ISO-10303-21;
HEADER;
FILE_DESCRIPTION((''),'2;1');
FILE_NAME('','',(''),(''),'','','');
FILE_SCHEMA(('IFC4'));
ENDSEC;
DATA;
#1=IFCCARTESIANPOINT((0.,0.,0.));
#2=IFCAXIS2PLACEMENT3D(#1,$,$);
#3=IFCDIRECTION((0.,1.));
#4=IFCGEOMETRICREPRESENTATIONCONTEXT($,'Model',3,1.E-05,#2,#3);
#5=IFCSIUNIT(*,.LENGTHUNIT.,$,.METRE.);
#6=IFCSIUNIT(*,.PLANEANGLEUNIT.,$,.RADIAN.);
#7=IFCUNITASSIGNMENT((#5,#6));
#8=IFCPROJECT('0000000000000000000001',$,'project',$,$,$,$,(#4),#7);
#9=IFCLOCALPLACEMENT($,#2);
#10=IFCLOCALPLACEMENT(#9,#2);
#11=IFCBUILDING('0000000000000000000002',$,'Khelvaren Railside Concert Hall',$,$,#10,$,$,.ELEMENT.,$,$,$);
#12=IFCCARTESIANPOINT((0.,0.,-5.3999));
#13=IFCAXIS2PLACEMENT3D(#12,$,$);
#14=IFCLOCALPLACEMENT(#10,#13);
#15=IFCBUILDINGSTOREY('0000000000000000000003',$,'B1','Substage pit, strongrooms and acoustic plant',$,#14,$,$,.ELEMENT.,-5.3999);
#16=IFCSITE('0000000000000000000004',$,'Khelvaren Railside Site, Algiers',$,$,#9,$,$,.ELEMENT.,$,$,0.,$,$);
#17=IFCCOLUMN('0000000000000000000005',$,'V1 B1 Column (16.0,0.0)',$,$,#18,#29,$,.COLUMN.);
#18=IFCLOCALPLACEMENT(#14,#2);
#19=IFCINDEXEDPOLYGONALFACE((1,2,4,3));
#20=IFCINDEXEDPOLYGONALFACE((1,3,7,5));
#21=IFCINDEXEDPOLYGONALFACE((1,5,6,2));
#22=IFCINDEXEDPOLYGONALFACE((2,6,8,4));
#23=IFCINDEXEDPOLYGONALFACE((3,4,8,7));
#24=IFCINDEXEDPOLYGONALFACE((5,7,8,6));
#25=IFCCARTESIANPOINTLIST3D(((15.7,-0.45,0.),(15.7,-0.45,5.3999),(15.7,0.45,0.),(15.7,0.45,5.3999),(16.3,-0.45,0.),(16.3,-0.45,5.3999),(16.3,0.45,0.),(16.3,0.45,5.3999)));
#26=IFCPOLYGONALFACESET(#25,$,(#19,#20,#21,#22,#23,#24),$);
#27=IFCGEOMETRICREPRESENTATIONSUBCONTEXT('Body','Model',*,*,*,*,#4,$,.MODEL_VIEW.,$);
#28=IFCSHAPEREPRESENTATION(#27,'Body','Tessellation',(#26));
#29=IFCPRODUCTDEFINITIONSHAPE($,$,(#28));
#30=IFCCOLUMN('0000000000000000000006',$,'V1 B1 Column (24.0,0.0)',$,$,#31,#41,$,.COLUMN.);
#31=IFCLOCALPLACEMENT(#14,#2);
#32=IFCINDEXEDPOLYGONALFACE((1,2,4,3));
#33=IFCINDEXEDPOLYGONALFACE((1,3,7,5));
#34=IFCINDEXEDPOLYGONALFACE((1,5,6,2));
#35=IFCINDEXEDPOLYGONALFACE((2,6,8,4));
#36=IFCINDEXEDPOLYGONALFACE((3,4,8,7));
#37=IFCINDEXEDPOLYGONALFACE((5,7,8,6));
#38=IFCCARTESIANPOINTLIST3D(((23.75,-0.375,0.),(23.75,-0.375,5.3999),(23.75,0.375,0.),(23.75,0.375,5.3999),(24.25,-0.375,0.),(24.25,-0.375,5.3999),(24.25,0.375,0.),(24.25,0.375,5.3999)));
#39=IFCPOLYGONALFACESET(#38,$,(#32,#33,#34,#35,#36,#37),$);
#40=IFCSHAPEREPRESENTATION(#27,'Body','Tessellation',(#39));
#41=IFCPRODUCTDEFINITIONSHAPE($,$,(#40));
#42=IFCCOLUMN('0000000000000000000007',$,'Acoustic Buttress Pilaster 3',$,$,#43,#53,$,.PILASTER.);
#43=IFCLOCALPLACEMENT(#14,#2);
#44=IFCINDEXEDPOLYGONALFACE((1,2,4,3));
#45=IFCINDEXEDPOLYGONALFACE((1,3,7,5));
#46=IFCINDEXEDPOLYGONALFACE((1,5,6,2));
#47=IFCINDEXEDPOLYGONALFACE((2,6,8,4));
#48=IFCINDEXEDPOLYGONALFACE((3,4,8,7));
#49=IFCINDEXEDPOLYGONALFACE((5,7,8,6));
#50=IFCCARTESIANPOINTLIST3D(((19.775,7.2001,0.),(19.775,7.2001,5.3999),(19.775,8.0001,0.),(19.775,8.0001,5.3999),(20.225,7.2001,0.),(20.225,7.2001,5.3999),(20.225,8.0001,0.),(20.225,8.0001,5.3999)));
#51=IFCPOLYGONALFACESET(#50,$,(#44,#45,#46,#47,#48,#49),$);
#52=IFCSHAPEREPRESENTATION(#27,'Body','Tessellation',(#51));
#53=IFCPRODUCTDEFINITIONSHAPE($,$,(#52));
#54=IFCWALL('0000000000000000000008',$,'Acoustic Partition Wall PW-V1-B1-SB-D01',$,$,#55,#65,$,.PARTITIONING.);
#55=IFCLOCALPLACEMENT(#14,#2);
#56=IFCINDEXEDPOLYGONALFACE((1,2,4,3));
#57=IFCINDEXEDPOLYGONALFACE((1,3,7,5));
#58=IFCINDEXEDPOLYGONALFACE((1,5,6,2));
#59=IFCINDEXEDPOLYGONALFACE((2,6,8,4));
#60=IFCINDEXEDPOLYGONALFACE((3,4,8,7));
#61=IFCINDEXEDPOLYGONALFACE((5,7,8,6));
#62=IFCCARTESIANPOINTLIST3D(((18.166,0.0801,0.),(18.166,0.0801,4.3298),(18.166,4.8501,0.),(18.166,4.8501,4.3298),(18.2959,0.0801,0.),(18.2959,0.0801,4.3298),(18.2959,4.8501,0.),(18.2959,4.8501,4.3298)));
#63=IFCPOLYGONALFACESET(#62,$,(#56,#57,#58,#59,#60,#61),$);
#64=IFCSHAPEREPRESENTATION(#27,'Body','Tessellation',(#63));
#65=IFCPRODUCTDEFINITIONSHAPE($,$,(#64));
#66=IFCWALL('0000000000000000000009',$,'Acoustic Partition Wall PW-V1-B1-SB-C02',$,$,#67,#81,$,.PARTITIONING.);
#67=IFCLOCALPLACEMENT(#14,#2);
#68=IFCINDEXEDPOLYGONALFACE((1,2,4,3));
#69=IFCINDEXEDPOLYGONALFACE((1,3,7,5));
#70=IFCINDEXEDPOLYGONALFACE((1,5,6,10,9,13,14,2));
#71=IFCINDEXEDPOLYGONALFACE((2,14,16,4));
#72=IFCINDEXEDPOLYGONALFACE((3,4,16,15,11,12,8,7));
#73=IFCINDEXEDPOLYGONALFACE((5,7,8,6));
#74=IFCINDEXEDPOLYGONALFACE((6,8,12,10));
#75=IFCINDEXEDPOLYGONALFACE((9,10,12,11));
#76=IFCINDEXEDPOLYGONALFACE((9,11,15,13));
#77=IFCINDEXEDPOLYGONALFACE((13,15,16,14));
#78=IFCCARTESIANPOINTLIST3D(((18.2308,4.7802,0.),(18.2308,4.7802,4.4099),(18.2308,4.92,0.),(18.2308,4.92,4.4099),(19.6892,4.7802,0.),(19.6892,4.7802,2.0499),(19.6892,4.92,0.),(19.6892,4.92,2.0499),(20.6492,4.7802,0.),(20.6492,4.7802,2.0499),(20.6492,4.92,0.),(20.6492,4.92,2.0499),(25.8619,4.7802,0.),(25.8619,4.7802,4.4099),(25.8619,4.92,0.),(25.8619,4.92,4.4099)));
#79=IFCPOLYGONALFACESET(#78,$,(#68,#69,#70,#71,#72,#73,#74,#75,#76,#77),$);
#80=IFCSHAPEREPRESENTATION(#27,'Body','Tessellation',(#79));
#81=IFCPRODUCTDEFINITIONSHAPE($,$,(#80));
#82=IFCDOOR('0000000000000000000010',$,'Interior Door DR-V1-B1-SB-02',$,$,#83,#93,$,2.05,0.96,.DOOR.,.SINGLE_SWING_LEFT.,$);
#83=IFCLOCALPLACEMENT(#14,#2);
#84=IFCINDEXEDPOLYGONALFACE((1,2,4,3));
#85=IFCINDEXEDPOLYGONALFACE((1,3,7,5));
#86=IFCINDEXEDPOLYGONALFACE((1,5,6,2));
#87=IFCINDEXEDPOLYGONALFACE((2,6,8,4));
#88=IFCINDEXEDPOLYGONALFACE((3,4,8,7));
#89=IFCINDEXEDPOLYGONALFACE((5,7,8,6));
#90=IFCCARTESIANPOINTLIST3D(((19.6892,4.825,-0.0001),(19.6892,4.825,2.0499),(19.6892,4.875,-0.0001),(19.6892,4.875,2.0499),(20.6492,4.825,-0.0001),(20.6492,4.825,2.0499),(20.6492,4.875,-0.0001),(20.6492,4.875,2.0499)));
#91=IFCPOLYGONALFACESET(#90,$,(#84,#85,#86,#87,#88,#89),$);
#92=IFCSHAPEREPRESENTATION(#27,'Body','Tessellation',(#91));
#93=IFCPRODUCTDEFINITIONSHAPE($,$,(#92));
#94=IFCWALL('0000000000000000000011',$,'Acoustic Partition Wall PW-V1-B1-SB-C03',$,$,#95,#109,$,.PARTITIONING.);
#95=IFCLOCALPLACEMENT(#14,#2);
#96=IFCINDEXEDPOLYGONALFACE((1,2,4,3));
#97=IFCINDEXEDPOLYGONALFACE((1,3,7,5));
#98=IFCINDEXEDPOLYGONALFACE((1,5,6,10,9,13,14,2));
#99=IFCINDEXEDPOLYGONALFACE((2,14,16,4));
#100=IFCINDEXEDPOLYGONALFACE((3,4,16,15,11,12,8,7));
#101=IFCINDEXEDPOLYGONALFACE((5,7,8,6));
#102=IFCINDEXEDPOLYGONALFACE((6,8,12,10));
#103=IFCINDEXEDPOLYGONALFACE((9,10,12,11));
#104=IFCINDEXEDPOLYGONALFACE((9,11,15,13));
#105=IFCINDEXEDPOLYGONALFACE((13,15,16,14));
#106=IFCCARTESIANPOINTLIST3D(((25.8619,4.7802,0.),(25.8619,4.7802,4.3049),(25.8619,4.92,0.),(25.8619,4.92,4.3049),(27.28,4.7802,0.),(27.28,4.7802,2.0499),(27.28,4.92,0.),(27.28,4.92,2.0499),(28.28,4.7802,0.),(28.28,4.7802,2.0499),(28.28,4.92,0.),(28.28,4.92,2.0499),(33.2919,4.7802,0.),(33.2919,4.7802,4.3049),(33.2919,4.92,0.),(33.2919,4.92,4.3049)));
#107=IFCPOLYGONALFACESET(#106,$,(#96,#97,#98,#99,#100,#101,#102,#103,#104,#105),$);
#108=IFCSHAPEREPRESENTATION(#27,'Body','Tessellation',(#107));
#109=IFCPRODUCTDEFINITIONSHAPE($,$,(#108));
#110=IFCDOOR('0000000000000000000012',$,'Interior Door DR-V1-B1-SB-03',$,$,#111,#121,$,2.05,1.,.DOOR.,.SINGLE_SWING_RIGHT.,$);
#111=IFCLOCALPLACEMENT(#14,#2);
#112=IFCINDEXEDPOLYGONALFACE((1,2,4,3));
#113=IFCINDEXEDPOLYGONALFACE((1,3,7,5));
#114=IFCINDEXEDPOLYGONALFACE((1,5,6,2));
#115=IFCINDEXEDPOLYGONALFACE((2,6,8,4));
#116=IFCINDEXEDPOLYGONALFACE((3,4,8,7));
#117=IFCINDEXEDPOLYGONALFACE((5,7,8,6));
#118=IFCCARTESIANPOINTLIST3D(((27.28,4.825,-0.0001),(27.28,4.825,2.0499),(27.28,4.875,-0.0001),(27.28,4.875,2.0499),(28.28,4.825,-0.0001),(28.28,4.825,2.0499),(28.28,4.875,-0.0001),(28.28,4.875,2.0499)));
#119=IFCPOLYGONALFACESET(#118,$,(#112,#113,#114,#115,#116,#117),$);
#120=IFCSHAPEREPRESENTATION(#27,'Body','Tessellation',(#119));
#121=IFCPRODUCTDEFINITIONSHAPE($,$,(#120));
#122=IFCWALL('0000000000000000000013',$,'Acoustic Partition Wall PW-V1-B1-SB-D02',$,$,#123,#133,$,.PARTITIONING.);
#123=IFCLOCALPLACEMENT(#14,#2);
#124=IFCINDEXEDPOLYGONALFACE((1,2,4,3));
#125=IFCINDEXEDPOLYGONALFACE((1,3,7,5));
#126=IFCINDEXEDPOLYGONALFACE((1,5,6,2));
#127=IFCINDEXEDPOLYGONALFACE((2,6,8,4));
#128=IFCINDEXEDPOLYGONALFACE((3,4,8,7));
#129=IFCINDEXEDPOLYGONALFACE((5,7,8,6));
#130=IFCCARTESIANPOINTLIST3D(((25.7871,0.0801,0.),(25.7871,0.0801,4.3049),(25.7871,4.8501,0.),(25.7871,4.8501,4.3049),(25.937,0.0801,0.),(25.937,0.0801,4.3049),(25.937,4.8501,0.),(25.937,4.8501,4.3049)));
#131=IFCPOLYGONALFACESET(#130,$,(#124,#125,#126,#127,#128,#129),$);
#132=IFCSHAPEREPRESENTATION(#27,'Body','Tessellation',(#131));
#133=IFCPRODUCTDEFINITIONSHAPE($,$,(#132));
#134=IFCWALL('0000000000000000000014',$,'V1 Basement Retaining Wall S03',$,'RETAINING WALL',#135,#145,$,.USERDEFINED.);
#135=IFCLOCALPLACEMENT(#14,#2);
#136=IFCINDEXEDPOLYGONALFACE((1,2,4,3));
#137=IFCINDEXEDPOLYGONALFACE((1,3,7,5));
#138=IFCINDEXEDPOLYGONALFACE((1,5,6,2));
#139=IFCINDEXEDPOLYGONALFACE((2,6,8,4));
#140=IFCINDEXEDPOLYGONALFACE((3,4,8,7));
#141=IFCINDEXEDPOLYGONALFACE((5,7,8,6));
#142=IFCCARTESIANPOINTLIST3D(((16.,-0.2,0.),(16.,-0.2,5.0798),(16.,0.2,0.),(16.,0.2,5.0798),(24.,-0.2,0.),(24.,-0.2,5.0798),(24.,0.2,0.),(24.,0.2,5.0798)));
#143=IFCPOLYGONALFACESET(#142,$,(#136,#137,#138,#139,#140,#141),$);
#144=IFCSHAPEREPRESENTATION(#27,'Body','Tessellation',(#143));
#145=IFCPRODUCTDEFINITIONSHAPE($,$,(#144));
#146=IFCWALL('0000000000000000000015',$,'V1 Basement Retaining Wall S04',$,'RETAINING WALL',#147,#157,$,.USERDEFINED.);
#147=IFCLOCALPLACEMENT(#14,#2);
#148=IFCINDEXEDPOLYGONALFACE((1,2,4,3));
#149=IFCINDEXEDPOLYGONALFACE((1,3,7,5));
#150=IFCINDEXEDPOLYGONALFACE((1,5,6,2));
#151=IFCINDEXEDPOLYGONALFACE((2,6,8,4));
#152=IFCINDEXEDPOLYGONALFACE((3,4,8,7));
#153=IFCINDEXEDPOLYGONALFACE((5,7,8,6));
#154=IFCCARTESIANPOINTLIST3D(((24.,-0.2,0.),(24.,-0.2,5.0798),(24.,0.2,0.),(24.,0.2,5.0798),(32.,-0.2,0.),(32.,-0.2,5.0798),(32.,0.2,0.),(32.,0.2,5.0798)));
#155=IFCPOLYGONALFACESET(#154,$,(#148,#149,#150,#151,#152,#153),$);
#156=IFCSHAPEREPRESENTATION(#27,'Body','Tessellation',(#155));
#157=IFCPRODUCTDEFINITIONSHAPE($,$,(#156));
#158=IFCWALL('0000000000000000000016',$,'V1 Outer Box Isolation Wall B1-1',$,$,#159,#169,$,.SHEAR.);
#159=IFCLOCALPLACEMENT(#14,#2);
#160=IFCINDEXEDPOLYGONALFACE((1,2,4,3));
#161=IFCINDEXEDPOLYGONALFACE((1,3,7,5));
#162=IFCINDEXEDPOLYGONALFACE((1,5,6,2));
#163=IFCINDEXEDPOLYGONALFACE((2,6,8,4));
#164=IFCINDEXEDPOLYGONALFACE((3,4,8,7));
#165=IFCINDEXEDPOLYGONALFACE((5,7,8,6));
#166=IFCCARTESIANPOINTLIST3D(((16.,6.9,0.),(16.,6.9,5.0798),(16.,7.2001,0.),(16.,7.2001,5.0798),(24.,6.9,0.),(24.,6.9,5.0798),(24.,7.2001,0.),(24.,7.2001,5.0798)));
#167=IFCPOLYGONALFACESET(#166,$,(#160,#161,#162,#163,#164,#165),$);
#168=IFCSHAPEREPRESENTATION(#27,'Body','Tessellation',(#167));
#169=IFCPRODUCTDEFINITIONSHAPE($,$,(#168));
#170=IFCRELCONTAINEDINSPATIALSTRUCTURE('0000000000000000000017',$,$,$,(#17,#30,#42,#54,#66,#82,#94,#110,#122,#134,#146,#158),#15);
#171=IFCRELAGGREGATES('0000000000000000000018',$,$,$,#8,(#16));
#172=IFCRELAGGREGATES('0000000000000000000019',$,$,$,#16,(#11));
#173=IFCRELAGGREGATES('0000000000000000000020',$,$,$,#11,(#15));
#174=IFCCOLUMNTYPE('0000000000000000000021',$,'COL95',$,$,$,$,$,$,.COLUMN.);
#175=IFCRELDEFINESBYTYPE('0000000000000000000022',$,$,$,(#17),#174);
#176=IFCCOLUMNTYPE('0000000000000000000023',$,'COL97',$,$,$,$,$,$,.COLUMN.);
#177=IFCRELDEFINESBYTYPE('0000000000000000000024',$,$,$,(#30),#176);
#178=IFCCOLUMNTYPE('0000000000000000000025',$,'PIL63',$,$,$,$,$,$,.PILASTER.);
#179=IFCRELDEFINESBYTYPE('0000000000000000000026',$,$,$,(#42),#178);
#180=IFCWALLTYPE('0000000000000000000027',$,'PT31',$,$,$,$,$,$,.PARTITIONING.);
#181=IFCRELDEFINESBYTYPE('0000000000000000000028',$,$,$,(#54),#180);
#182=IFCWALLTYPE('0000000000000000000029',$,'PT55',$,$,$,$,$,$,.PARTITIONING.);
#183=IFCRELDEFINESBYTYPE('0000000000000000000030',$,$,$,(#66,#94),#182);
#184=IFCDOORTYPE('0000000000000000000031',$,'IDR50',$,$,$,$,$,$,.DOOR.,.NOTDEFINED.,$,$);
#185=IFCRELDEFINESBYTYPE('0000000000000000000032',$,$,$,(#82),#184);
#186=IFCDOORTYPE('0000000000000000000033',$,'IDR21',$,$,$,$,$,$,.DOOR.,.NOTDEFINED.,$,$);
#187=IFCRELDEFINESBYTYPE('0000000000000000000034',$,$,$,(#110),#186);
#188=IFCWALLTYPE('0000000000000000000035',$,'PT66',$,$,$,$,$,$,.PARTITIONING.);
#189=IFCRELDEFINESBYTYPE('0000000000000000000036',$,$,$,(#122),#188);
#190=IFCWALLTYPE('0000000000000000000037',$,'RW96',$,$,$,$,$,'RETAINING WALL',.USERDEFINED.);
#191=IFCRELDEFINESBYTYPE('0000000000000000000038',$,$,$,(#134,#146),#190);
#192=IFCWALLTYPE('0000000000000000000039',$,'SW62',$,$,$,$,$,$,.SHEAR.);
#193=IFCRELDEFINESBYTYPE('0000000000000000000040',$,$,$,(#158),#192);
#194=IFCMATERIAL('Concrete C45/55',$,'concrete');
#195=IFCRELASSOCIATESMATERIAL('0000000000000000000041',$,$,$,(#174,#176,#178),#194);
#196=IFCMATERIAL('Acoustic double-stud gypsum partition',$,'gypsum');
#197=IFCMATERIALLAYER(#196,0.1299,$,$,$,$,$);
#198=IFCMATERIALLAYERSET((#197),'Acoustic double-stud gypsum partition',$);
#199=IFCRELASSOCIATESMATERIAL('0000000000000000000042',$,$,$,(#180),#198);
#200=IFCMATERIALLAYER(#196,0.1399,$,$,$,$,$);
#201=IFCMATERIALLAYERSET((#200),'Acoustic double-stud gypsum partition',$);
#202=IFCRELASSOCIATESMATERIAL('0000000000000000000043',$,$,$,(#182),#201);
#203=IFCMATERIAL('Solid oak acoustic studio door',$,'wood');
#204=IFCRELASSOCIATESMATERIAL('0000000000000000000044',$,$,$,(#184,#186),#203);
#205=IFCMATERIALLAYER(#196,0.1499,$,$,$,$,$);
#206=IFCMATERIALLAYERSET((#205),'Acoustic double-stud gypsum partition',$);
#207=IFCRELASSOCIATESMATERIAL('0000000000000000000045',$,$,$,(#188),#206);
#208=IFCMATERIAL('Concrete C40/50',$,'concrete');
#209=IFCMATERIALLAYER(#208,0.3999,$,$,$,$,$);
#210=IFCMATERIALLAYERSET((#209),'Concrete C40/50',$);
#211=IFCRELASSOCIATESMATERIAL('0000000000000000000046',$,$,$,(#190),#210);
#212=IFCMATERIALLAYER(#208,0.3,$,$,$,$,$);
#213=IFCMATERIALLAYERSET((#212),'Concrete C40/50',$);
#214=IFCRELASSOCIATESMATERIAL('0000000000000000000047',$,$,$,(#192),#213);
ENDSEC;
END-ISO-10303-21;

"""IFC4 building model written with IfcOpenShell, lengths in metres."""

from ifc_helpers import new_model, si_unit, direction, frame, frame_2d, origin, origin_2d, place, context, subcontext, project, spatial, rectangle, extrude, material, layer, layer_set, material_profile, profile_set, type_object, element, fill, save


model = new_model("IFC4")

# Units and contexts
model_context = context("Model", 3, precision=1e-05, world=origin(), true_north=direction((0.0, 1.0)))
body_context = subcontext(model_context, "Body", "Model", "MODEL_VIEW")
ifc_project = project(units=[si_unit("LENGTHUNIT", "METRE"), si_unit("PLANEANGLEUNIT", "RADIAN")], contexts=[model_context])

# Site, building, storey
site_placement = place(None, origin())
site = spatial("IfcSite", under=ifc_project, at=site_placement, Name="Khelvaren Railside Site, Algiers", CompositionType="ELEMENT", RefElevation=0.0)
building_placement = place(site_placement, origin())
building = spatial("IfcBuilding", under=site, at=building_placement, Name="Khelvaren Railside Concert Hall", CompositionType="ELEMENT")
storey_placement = place(building_placement, frame((0.0, 0.0, -5.3999)))
storey = spatial("IfcBuildingStorey", under=building, at=storey_placement, Name="B1", Description="Substage pit, strongrooms and acoustic plant", CompositionType="ELEMENT", Elevation=-5.3999)

# Columns
ifc_material_1 = material(Name="Concrete C45/55", Category="concrete")
ifc_material_profile_1 = material_profile(ifc_material_1, rectangle(XDim=0.6001, YDim=0.8999, at=origin_2d()), Name="RC 600x900")
ifc_profile_set_1 = profile_set([ifc_material_profile_1], Name="Concrete C45/55")
column_type_1 = type_object("IfcColumnType", Name="COL95", PredefinedType="COLUMN", material=ifc_profile_set_1)
column_1_placement = place(storey_placement, frame((16.0, 0.0, 0.0), z_axis=(0.0, 0.0, 1.0), x_axis=(1.0, 0.0, 0.0)))
element("IfcColumn", 1, at=column_1_placement, inside=storey, type_object=column_type_1, Name="V1 B1 Column (16.0,0.0)", PredefinedType="COLUMN", context=body_context, shape_type="SweptSolid", body=[
    extrude(rectangle(XDim=0.6001, YDim=0.8999, at=origin_2d()), origin(), (0.0, 0.0, 1.0), 5.3999),
])
ifc_material_profile_2 = material_profile(ifc_material_1, rectangle(XDim=0.5, YDim=0.75, at=origin_2d()), Name="RC 500x750")
ifc_profile_set_2 = profile_set([ifc_material_profile_2], Name="Concrete C45/55")
column_type_2 = type_object("IfcColumnType", Name="COL97", PredefinedType="COLUMN", material=ifc_profile_set_2)
column_2_placement = place(storey_placement, frame((24.0, 0.0, 0.0), z_axis=(0.0, 0.0, 1.0), x_axis=(1.0, 0.0, 0.0)))
element("IfcColumn", 2, at=column_2_placement, inside=storey, type_object=column_type_2, Name="V1 B1 Column (24.0,0.0)", PredefinedType="COLUMN", context=body_context, shape_type="SweptSolid", body=[
    extrude(rectangle(XDim=0.5, YDim=0.75, at=origin_2d()), origin(), (0.0, 0.0, 1.0), 5.3999),
])
ifc_material_profile_3 = material_profile(ifc_material_1, rectangle(XDim=0.45, YDim=0.8, at=origin_2d()), Name="PIL 450x800")
ifc_profile_set_3 = profile_set([ifc_material_profile_3], Name="Concrete C45/55")
column_type_3 = type_object("IfcColumnType", Name="PIL63", PredefinedType="PILASTER", material=ifc_profile_set_3)
column_3_placement = place(storey_placement, frame((20.0, 7.6001, 0.0), z_axis=(0.0, 0.0, 1.0), x_axis=(1.0, 0.0, 0.0)))
element("IfcColumn", 3, at=column_3_placement, inside=storey, type_object=column_type_3, Name="Acoustic Buttress Pilaster 3", PredefinedType="PILASTER", context=body_context, shape_type="SweptSolid", body=[
    extrude(rectangle(XDim=0.45, YDim=0.8, at=origin_2d()), origin(), (0.0, 0.0, 1.0), 5.3999),
])

# Wall
ifc_material_2 = material(Name="Acoustic double-stud gypsum partition", Category="gypsum")
ifc_layer_1 = layer(ifc_material_2, 0.1299)
ifc_layer_set_1 = layer_set([ifc_layer_1], Name="Acoustic double-stud gypsum partition")
wall_type_1 = type_object("IfcWallType", Name="PT31", PredefinedType="PARTITIONING", material=ifc_layer_set_1)
wall_1_placement = place(storey_placement, frame((18.231, 0.0801, 0.0), z_axis=(0.0, 0.0, 1.0), x_axis=(0.0, 1.0, 0.0)))
element("IfcWall", 4, at=wall_1_placement, inside=storey, type_object=wall_type_1, Name="Acoustic Partition Wall PW-V1-B1-SB-D01", PredefinedType="PARTITIONING", context=body_context, shape_type="SweptSolid", body=[
    extrude(rectangle(XDim=4.77, YDim=0.1299, at=frame_2d((2.385, 0.0))), origin(), (0.0, 0.0, 1.0), 4.3298),
])

# Walls, openings, doors
ifc_layer_2 = layer(ifc_material_2, 0.1399)
ifc_layer_set_2 = layer_set([ifc_layer_2], Name="Acoustic double-stud gypsum partition")
wall_type_2 = type_object("IfcWallType", Name="PT55", PredefinedType="PARTITIONING", material=ifc_layer_set_2)
wall_2_placement = place(storey_placement, frame((18.231, 4.8501, 0.0), z_axis=(0.0, 0.0, 1.0), x_axis=(1.0, 0.0, 0.0)))
wall_2 = element("IfcWall", 5, at=wall_2_placement, inside=storey, type_object=wall_type_2, Name="Acoustic Partition Wall PW-V1-B1-SB-C02", PredefinedType="PARTITIONING", context=body_context, shape_type="SweptSolid", body=[
    extrude(rectangle(XDim=7.6311, YDim=0.1399, at=frame_2d((3.8154, 0.0))), origin(), (0.0, 0.0, 1.0), 4.4099),
])
opening_1_placement = place(wall_2_placement, frame((1.4583, 0.0, 0.0)))
opening_1 = element("IfcOpeningElement", 6, at=opening_1_placement, cuts=wall_2, PredefinedType="OPENING", context=body_context, shape_type="SweptSolid", body=[
    extrude(rectangle(XDim=0.96, YDim=2.05, at=frame_2d((0.48, 1.0249))), frame((0.0, 0.0798, 0.0), z_axis=(0.0, -1.0, 0.0), x_axis=(1.0, 0.0, 0.0)), (0.0, 0.0, 1.0), 0.1599),
])
ifc_material_3 = material(Name="Solid oak acoustic studio door", Category="wood")
door_type_1 = type_object("IfcDoorType", Name="IDR50", OperationType="NOTDEFINED", PredefinedType="DOOR", material=ifc_material_3)
door_1_placement = place(opening_1_placement, origin())
door_1 = element("IfcDoor", 7, at=door_1_placement, inside=storey, type_object=door_type_1, Name="Interior Door DR-V1-B1-SB-02", OperationType="SINGLE_SWING_LEFT", OverallHeight=2.05, OverallWidth=0.96, PredefinedType="DOOR", context=body_context, shape_type="SweptSolid", body=[
    extrude(rectangle(XDim=0.96, YDim=2.05, at=frame_2d((0.48, 1.0249))), frame((0.0, 0.0249, 0.0), z_axis=(0.0, -1.0, 0.0), x_axis=(1.0, 0.0, 0.0)), (0.0, 0.0, 1.0), 0.05),
])
fill(opening_1, door_1)
wall_3_placement = place(storey_placement, frame((25.8621, 4.8501, 0.0), z_axis=(0.0, 0.0, 1.0), x_axis=(1.0, 0.0, 0.0)))
wall_3 = element("IfcWall", 8, at=wall_3_placement, inside=storey, type_object=wall_type_2, Name="Acoustic Partition Wall PW-V1-B1-SB-C03", PredefinedType="PARTITIONING", context=body_context, shape_type="SweptSolid", body=[
    extrude(rectangle(XDim=7.4299, YDim=0.1399, at=frame_2d((3.7148, 0.0))), origin(), (0.0, 0.0, 1.0), 4.3049),
])
opening_2_placement = place(wall_3_placement, frame((1.418, 0.0, 0.0)))
opening_2 = element("IfcOpeningElement", 9, at=opening_2_placement, cuts=wall_3, PredefinedType="OPENING", context=body_context, shape_type="SweptSolid", body=[
    extrude(rectangle(XDim=1.0, YDim=2.05, at=frame_2d((0.5, 1.0249))), frame((0.0, 0.0798, 0.0), z_axis=(0.0, -1.0, 0.0), x_axis=(1.0, 0.0, 0.0)), (0.0, 0.0, 1.0), 0.1599),
])
door_type_2 = type_object("IfcDoorType", Name="IDR21", OperationType="NOTDEFINED", PredefinedType="DOOR", material=ifc_material_3)
door_2_placement = place(opening_2_placement, origin())
door_2 = element("IfcDoor", 10, at=door_2_placement, inside=storey, type_object=door_type_2, Name="Interior Door DR-V1-B1-SB-03", OperationType="SINGLE_SWING_RIGHT", OverallHeight=2.05, OverallWidth=1.0, PredefinedType="DOOR", context=body_context, shape_type="SweptSolid", body=[
    extrude(rectangle(XDim=1.0, YDim=2.05, at=frame_2d((0.5, 1.0249))), frame((0.0, 0.0249, 0.0), z_axis=(0.0, -1.0, 0.0), x_axis=(1.0, 0.0, 0.0)), (0.0, 0.0, 1.0), 0.05),
])
fill(opening_2, door_2)

# Walls
ifc_layer_3 = layer(ifc_material_2, 0.1499)
ifc_layer_set_3 = layer_set([ifc_layer_3], Name="Acoustic double-stud gypsum partition")
wall_type_3 = type_object("IfcWallType", Name="PT66", PredefinedType="PARTITIONING", material=ifc_layer_set_3)
wall_4_placement = place(storey_placement, frame((25.8621, 0.0801, 0.0), z_axis=(0.0, 0.0, 1.0), x_axis=(0.0, 1.0, 0.0)))
element("IfcWall", 11, at=wall_4_placement, inside=storey, type_object=wall_type_3, Name="Acoustic Partition Wall PW-V1-B1-SB-D02", PredefinedType="PARTITIONING", context=body_context, shape_type="SweptSolid", body=[
    extrude(rectangle(XDim=4.77, YDim=0.1499, at=frame_2d((2.385, 0.0))), origin(), (0.0, 0.0, 1.0), 4.3049),
])
ifc_material_4 = material(Name="Concrete C40/50", Category="concrete")
ifc_layer_4 = layer(ifc_material_4, 0.3999)
ifc_layer_set_4 = layer_set([ifc_layer_4], Name="Concrete C40/50")
wall_type_4 = type_object("IfcWallType", Name="RW96", ElementType="RETAINING WALL", PredefinedType="USERDEFINED", material=ifc_layer_set_4)
for number, where, z_axis, x_axis, name in (
    (12, (16.0, 0.0, 0.0), (0.0, 0.0, 1.0), (1.0, 0.0, 0.0), "V1 Basement Retaining Wall S03"),
    (13, (24.0, 0.0, 0.0), (0.0, 0.0, 1.0), (1.0, 0.0, 0.0), "V1 Basement Retaining Wall S04"),
):
    element("IfcWall", number, at=place(storey_placement, frame(where, z_axis=z_axis, x_axis=x_axis)), inside=storey, type_object=wall_type_4, Name=name, ObjectType="RETAINING WALL", PredefinedType="USERDEFINED", context=body_context, shape_type="SweptSolid", body=[
        extrude(rectangle(XDim=8.0, YDim=0.3999, at=frame_2d((4.0, 0.0))), origin(), (0.0, 0.0, 1.0), 5.0798),
    ])
ifc_layer_5 = layer(ifc_material_4, 0.3)
ifc_layer_set_5 = layer_set([ifc_layer_5], Name="Concrete C40/50")
wall_type_5 = type_object("IfcWallType", Name="SW62", PredefinedType="SHEAR", material=ifc_layer_set_5)
wall_5_placement = place(storey_placement, frame((16.0, 7.05, 0.0), z_axis=(0.0, 0.0, 1.0), x_axis=(1.0, 0.0, 0.0)))
element("IfcWall", 14, at=wall_5_placement, inside=storey, type_object=wall_type_5, Name="V1 Outer Box Isolation Wall B1-1", PredefinedType="SHEAR", context=body_context, shape_type="SweptSolid", body=[
    extrude(rectangle(XDim=8.0, YDim=0.3, at=frame_2d((4.0, 0.0))), origin(), (0.0, 0.0, 1.0), 5.0798),
])

save(model, "model.ifc")
